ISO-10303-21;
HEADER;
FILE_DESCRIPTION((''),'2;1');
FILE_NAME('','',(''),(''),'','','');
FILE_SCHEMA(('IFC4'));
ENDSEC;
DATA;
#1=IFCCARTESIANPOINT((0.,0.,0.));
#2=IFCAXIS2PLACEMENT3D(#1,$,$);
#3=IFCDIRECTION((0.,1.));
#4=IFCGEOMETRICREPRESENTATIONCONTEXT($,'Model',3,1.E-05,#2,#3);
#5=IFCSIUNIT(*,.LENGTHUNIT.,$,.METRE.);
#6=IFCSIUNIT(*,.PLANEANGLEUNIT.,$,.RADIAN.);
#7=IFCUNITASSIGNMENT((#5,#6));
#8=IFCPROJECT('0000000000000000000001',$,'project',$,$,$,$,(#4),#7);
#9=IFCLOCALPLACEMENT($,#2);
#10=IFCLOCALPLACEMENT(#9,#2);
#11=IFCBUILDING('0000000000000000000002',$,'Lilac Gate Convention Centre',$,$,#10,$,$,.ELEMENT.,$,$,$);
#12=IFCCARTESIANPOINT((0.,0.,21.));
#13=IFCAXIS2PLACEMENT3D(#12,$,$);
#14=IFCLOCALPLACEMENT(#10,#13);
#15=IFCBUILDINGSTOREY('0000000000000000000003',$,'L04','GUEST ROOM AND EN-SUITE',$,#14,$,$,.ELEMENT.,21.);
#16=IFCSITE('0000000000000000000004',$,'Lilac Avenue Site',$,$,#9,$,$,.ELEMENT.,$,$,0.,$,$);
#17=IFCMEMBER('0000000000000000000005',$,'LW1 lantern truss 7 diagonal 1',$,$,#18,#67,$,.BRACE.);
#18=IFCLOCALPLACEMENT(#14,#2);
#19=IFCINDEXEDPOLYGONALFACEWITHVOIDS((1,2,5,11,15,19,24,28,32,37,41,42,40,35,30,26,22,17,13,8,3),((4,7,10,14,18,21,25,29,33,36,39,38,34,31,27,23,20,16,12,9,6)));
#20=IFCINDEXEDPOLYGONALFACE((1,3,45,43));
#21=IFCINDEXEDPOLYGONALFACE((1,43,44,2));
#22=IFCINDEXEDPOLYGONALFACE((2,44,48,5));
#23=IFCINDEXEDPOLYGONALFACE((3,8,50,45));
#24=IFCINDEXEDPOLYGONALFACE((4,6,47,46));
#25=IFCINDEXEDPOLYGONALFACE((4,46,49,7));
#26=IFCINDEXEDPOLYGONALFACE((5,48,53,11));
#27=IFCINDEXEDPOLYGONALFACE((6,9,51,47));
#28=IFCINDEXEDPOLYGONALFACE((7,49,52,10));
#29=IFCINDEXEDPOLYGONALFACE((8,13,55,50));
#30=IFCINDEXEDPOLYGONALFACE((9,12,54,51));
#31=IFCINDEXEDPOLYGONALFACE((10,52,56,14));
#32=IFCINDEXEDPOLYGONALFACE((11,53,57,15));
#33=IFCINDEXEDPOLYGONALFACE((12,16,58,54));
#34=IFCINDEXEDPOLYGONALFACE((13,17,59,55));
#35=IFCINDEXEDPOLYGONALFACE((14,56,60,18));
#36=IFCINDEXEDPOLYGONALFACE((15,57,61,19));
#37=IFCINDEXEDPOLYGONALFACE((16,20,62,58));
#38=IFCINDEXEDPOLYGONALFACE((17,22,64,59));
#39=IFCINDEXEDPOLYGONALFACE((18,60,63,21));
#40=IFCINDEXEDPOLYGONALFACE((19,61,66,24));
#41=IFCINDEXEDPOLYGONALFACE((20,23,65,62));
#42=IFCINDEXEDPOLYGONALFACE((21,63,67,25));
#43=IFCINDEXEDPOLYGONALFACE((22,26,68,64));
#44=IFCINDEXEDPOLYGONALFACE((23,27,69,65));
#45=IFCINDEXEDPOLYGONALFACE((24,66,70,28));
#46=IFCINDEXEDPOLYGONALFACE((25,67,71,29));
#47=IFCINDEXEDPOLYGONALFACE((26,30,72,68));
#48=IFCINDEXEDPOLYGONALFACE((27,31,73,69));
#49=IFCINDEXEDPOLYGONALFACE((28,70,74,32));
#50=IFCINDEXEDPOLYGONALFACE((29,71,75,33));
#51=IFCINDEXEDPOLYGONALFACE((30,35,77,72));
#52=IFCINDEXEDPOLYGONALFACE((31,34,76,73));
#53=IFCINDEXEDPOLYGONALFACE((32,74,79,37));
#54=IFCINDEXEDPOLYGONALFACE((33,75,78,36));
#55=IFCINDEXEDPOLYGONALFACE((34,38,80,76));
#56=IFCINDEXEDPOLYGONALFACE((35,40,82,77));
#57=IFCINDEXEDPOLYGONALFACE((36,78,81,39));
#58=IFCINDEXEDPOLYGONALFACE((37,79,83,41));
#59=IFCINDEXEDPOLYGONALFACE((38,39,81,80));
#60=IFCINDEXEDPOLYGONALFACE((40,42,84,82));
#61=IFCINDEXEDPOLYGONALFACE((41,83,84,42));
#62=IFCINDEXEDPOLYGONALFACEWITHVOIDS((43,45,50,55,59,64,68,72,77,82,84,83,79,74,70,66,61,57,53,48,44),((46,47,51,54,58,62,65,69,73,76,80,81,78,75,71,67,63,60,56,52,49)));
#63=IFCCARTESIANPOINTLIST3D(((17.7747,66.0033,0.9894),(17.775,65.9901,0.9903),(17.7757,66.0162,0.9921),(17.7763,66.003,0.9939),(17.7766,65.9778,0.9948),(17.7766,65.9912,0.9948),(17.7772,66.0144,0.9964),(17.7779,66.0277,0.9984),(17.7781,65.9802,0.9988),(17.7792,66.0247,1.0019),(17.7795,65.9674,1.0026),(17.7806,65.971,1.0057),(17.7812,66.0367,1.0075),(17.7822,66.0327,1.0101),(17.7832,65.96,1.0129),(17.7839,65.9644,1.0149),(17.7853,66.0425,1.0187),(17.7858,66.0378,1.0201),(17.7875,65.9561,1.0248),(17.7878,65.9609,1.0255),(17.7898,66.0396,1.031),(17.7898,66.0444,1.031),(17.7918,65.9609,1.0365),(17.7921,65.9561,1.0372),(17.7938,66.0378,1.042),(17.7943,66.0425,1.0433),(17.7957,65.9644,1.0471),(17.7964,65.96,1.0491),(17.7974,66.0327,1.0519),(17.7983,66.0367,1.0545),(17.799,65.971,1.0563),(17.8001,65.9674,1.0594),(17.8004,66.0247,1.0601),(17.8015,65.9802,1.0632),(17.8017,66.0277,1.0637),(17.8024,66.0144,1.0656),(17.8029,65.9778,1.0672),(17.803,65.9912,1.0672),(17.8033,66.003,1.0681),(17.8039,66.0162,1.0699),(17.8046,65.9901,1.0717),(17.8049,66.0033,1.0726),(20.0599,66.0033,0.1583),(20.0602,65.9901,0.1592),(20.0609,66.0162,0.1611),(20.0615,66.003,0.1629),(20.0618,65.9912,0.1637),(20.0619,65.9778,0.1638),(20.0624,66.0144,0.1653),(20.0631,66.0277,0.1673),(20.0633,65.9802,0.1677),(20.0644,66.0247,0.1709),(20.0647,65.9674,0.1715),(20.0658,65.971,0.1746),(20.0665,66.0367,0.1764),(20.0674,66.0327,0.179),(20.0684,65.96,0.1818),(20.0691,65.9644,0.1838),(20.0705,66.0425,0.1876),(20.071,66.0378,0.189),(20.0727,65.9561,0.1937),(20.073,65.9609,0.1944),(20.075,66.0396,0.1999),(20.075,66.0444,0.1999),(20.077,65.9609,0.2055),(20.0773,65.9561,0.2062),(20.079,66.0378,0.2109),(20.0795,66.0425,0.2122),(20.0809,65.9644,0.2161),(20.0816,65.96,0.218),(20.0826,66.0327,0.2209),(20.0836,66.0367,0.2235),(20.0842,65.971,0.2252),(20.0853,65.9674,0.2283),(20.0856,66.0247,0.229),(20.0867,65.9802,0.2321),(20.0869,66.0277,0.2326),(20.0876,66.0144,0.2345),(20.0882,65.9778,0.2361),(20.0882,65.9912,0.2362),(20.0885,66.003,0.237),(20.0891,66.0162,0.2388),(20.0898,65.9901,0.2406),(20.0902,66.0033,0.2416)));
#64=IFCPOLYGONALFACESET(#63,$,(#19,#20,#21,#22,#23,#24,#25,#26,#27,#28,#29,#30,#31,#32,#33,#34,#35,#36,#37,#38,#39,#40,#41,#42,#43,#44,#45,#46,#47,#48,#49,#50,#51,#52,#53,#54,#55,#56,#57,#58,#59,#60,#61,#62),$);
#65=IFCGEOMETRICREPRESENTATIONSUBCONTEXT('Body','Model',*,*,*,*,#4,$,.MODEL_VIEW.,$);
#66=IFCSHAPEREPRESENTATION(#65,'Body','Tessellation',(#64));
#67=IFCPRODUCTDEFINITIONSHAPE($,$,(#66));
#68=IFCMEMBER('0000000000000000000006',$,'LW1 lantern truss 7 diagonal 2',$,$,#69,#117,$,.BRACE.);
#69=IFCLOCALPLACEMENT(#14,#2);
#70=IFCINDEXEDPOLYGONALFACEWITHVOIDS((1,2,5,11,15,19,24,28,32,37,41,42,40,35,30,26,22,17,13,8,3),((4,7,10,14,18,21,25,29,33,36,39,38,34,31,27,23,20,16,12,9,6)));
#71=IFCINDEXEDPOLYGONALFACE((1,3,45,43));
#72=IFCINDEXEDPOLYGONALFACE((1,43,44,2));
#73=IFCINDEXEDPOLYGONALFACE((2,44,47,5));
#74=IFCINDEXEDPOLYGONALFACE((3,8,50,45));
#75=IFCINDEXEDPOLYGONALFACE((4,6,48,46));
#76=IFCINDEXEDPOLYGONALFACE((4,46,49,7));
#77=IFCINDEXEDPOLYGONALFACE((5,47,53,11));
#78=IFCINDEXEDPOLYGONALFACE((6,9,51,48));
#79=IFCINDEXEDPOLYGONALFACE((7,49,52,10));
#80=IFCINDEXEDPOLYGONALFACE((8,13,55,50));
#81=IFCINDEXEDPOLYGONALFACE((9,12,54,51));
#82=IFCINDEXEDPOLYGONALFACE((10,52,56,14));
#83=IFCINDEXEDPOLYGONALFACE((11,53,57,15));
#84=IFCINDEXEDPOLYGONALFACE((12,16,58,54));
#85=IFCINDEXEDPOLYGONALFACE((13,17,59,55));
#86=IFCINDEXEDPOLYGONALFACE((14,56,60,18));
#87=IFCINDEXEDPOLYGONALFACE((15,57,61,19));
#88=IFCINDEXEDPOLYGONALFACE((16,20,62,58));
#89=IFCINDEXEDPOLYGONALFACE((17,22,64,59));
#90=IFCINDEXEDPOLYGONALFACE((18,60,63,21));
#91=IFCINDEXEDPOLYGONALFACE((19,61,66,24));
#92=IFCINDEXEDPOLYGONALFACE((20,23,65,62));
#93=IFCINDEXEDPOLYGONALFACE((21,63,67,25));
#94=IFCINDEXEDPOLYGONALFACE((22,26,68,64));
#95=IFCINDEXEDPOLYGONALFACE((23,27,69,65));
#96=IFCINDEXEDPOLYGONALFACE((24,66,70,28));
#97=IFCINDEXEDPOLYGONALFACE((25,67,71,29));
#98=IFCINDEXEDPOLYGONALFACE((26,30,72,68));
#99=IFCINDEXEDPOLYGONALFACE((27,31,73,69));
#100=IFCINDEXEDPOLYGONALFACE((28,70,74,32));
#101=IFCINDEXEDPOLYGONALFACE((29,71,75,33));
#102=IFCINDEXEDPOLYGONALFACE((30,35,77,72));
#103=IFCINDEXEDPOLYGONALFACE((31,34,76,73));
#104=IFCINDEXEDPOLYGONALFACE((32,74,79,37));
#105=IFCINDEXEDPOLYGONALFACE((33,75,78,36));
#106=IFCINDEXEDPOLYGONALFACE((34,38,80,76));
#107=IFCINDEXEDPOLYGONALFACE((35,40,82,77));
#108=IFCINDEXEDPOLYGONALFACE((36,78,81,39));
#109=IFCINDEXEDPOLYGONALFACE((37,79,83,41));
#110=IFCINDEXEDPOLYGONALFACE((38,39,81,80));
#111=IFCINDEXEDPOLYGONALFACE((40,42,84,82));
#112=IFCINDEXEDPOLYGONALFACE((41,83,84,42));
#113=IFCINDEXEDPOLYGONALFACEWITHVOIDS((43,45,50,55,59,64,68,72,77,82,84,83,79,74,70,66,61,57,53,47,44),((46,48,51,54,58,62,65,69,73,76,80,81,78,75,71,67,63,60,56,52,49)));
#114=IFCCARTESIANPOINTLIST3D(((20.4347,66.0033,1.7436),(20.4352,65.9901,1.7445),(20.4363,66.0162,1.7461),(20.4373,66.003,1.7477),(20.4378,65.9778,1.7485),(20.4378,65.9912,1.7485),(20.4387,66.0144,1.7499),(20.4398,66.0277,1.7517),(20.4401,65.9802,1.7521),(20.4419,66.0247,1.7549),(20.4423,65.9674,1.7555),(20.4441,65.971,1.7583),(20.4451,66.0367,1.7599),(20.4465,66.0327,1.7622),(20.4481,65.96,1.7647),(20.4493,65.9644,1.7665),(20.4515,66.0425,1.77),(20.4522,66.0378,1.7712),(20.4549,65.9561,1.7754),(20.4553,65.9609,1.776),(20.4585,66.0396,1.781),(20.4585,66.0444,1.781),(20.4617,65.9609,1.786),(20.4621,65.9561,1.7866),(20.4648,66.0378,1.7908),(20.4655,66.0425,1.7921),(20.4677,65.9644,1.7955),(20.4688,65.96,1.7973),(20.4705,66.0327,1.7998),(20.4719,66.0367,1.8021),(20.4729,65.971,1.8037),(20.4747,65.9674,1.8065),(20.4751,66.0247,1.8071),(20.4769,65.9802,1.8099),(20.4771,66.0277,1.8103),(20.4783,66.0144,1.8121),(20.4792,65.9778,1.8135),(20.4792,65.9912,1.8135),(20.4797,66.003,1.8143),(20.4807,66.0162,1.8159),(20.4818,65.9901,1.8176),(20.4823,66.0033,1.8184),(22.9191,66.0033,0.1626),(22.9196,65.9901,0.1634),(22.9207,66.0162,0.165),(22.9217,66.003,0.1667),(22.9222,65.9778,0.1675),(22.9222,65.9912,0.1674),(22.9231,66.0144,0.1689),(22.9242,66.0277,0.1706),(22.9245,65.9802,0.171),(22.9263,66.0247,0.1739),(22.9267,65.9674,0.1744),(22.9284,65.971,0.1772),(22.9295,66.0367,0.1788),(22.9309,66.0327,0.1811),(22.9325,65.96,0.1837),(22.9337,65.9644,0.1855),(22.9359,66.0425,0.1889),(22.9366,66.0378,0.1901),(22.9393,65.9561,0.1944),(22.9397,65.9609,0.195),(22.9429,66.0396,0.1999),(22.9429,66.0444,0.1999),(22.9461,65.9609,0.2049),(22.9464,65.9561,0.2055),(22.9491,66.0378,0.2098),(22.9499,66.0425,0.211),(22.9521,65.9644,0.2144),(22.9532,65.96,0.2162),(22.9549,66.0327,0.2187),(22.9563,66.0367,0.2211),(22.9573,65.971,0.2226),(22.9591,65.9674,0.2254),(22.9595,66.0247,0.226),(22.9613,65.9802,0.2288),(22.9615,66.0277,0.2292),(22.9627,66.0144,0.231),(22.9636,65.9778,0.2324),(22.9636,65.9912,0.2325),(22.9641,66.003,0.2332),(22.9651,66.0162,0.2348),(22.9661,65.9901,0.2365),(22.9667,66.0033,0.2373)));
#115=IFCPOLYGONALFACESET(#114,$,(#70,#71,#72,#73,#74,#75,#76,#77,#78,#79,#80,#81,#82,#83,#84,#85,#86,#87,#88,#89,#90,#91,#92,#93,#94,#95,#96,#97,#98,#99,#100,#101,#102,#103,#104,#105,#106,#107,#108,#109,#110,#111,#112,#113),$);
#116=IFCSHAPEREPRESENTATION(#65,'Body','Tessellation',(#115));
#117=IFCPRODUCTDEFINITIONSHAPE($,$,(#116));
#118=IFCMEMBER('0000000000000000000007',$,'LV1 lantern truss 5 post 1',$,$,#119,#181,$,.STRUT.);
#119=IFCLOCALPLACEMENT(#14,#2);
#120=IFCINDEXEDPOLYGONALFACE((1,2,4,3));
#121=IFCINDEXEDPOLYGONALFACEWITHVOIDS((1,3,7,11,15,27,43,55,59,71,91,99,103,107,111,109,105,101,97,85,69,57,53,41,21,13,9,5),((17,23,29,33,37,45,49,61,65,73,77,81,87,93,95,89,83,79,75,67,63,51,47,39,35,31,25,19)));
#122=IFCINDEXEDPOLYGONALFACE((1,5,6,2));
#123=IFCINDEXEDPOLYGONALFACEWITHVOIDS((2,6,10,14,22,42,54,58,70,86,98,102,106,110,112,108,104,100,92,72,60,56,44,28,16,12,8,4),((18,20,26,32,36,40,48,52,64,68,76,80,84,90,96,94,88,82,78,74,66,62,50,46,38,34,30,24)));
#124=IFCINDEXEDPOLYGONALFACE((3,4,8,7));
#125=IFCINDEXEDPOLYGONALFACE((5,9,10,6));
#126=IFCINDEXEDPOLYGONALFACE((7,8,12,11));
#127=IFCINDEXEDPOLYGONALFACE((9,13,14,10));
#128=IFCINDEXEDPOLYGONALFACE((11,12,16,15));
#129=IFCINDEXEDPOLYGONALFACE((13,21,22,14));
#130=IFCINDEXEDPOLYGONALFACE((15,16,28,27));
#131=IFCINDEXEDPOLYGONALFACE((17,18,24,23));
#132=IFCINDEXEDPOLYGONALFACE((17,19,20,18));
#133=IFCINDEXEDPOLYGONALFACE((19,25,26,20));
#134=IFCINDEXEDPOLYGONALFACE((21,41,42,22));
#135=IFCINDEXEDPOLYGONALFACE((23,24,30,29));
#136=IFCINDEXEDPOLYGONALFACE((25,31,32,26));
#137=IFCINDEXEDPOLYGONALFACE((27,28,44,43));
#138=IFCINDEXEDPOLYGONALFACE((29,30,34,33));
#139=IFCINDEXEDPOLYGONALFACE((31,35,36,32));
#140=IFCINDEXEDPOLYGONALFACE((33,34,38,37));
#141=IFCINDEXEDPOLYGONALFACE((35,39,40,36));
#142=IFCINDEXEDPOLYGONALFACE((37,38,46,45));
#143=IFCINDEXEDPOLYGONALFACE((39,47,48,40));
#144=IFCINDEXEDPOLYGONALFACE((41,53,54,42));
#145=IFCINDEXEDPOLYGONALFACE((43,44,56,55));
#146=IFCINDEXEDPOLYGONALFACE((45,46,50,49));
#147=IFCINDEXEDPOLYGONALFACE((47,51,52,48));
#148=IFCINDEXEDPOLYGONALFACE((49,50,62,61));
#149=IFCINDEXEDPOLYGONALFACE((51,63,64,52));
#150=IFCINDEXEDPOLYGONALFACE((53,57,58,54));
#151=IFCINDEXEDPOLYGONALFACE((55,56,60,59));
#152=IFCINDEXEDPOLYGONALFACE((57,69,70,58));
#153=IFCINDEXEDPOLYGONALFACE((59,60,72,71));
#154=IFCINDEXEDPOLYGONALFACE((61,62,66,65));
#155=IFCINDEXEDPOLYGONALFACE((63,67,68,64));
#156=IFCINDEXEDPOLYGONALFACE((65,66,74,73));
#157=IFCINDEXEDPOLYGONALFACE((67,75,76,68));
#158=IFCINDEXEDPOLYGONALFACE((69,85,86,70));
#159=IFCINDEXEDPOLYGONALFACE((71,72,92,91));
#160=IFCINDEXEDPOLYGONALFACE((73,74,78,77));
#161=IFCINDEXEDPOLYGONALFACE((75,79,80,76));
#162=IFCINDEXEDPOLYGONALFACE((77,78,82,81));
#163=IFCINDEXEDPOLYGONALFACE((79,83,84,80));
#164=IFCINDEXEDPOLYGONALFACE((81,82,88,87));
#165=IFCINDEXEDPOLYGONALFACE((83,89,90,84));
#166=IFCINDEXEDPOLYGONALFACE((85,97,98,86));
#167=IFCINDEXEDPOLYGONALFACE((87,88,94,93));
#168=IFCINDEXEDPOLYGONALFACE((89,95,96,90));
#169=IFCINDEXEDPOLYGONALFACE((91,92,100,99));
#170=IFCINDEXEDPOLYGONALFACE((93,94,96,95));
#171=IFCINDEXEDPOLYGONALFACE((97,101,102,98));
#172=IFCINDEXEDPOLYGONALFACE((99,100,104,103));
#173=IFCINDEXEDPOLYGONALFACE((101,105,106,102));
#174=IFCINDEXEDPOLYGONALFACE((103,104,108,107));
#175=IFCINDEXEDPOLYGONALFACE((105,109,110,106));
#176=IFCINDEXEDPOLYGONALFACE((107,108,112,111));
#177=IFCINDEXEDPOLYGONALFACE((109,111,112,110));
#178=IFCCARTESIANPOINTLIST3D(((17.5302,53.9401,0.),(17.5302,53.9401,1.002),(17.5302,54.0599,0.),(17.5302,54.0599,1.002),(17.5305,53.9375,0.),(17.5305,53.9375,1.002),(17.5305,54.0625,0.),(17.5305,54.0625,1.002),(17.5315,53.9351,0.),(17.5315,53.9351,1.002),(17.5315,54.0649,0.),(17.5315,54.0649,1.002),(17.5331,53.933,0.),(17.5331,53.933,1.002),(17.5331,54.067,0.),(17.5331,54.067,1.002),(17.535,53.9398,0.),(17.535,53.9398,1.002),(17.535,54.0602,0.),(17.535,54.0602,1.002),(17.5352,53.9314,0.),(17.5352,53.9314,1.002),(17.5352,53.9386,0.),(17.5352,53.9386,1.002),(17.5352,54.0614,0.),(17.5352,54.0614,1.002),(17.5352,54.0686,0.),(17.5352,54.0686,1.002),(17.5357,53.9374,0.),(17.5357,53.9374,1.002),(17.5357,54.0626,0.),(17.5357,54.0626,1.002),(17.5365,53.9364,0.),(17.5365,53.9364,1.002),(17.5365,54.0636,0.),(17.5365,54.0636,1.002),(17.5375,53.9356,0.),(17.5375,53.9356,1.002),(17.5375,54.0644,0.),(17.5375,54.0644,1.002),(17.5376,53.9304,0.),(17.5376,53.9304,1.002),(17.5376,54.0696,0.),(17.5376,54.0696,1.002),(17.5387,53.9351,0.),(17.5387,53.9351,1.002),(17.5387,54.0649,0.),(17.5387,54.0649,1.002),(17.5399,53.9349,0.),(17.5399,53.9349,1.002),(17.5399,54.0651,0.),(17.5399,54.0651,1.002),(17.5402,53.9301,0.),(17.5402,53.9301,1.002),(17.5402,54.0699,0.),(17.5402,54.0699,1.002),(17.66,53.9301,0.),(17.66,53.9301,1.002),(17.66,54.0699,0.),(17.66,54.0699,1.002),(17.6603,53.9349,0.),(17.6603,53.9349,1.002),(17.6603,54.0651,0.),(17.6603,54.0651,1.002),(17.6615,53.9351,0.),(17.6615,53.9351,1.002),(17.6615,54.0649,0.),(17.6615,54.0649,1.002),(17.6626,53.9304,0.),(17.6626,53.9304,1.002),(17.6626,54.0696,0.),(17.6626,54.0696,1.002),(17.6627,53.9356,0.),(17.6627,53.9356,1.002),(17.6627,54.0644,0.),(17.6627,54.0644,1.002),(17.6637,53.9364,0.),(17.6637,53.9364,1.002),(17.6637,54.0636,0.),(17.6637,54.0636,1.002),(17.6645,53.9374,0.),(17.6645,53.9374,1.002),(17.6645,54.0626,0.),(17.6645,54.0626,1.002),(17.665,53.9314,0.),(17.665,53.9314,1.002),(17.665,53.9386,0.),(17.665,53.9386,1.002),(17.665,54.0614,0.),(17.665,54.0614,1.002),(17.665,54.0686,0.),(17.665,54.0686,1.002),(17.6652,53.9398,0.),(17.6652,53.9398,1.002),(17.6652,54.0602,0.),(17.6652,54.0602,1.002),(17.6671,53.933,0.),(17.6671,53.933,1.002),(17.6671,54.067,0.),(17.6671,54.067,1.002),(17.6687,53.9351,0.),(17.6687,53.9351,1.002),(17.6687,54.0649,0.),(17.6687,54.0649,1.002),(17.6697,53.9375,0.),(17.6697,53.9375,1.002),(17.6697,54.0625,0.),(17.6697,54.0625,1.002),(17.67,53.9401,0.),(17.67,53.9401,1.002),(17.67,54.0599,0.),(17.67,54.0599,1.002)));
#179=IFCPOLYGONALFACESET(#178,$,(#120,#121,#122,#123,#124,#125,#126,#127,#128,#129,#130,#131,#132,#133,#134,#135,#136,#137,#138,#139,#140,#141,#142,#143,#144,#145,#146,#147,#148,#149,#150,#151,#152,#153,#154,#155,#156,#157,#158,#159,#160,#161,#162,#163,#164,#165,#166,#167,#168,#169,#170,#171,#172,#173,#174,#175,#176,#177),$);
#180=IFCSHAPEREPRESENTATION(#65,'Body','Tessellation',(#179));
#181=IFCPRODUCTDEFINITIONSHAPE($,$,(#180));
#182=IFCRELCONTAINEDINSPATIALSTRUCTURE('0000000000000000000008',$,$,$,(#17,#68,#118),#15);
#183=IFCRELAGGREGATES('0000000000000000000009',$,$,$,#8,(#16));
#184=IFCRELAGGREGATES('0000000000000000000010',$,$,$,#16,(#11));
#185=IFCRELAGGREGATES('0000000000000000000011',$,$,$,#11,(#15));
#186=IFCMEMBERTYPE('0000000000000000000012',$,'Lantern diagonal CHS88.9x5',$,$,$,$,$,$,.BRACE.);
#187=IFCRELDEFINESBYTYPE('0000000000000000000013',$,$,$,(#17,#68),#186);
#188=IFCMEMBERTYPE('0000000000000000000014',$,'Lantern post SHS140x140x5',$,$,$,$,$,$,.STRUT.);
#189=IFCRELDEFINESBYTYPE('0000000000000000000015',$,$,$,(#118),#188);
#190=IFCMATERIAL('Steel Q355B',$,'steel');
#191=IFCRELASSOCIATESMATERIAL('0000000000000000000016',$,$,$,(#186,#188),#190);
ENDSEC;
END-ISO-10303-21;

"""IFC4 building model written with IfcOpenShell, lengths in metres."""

from ifc_helpers import new_model, si_unit, direction, frame, origin, origin_2d, place, context, subcontext, project, spatial, hollow_rectangle, hollow_circle, extrude, material, material_profile, profile_set, type_object, element, save


model = new_model("IFC4")

# Units and contexts
model_context = context("Model", 3, precision=1e-05, world=origin(), true_north=direction((0.0, 1.0)))
body_context = subcontext(model_context, "Body", "Model", "MODEL_VIEW")
ifc_project = project(units=[si_unit("LENGTHUNIT", "METRE"), si_unit("PLANEANGLEUNIT", "RADIAN")], contexts=[model_context])

# Site, building, storey
site_placement = place(None, origin())
site = spatial("IfcSite", under=ifc_project, at=site_placement, Name="Lilac Avenue Site", CompositionType="ELEMENT", RefElevation=0.0)
building_placement = place(site_placement, origin())
building = spatial("IfcBuilding", under=site, at=building_placement, Name="Lilac Gate Convention Centre", CompositionType="ELEMENT")
storey_placement = place(building_placement, frame((0.0, 0.0, 21.0)))
storey = spatial("IfcBuildingStorey", under=building, at=storey_placement, Name="L04", Description="GUEST ROOM AND EN-SUITE", CompositionType="ELEMENT", Elevation=21.0)

# Members
ifc_material_1 = material(Name="Steel Q355B", Category="steel")
ifc_material_profile_1 = material_profile(ifc_material_1, hollow_circle(Radius=0.0444, WallThickness=0.0049, at=origin_2d()), Name="CHS88.9x5")
ifc_profile_set_1 = profile_set([ifc_material_profile_1], Name="Steel Q355B")
member_type_1 = type_object("IfcMemberType", Name="Lantern diagonal CHS88.9x5", PredefinedType="BRACE", material=ifc_profile_set_1)
member_1_placement = place(storey_placement, frame((17.7898, 66.0, 1.031), z_axis=(0.939782, 0.0, -0.341775), x_axis=(0.0, 1.0, 0.0)))
element("IfcMember", 1, at=member_1_placement, inside=storey, type_object=member_type_1, Name="LW1 lantern truss 7 diagonal 1", PredefinedType="BRACE", context=body_context, shape_type="SweptSolid", body=[
    extrude(hollow_circle(Radius=0.0444, WallThickness=0.0049, at=origin_2d()), origin(), (0.0, 0.0, 1.0), 2.4316),
])
member_2_placement = place(storey_placement, frame((20.4585, 66.0, 1.781), z_axis=(0.843648, 0.0, -0.536897), x_axis=(0.0, 1.0, 0.0)))
element("IfcMember", 2, at=member_2_placement, inside=storey, type_object=member_type_1, Name="LW1 lantern truss 7 diagonal 2", PredefinedType="BRACE", context=body_context, shape_type="SweptSolid", body=[
    extrude(hollow_circle(Radius=0.0444, WallThickness=0.0049, at=origin_2d()), origin(), (0.0, 0.0, 1.0), 2.9448),
])
ifc_material_profile_2 = material_profile(ifc_material_1, hollow_rectangle(XDim=0.1399, YDim=0.1399, WallThickness=0.0049, InnerFilletRadius=0.0049, OuterFilletRadius=0.01, at=origin_2d()), Name="SHS140x140x5")
ifc_profile_set_2 = profile_set([ifc_material_profile_2], Name="Steel Q355B")
member_type_2 = type_object("IfcMemberType", Name="Lantern post SHS140x140x5", PredefinedType="STRUT", material=ifc_profile_set_2)
member_3_placement = place(storey_placement, frame((17.6001, 54.0, 0.0), z_axis=(0.0, 0.0, 1.0), x_axis=(1.0, 0.0, 0.0)))
element("IfcMember", 3, at=member_3_placement, inside=storey, type_object=member_type_2, Name="LV1 lantern truss 5 post 1", PredefinedType="STRUT", context=body_context, shape_type="SweptSolid", body=[
    extrude(hollow_rectangle(XDim=0.1399, YDim=0.1399, WallThickness=0.0049, InnerFilletRadius=0.0049, OuterFilletRadius=0.01, at=origin_2d()), origin(), (0.0, 0.0, 1.0), 1.002),
])

save(model, "model.ifc")
